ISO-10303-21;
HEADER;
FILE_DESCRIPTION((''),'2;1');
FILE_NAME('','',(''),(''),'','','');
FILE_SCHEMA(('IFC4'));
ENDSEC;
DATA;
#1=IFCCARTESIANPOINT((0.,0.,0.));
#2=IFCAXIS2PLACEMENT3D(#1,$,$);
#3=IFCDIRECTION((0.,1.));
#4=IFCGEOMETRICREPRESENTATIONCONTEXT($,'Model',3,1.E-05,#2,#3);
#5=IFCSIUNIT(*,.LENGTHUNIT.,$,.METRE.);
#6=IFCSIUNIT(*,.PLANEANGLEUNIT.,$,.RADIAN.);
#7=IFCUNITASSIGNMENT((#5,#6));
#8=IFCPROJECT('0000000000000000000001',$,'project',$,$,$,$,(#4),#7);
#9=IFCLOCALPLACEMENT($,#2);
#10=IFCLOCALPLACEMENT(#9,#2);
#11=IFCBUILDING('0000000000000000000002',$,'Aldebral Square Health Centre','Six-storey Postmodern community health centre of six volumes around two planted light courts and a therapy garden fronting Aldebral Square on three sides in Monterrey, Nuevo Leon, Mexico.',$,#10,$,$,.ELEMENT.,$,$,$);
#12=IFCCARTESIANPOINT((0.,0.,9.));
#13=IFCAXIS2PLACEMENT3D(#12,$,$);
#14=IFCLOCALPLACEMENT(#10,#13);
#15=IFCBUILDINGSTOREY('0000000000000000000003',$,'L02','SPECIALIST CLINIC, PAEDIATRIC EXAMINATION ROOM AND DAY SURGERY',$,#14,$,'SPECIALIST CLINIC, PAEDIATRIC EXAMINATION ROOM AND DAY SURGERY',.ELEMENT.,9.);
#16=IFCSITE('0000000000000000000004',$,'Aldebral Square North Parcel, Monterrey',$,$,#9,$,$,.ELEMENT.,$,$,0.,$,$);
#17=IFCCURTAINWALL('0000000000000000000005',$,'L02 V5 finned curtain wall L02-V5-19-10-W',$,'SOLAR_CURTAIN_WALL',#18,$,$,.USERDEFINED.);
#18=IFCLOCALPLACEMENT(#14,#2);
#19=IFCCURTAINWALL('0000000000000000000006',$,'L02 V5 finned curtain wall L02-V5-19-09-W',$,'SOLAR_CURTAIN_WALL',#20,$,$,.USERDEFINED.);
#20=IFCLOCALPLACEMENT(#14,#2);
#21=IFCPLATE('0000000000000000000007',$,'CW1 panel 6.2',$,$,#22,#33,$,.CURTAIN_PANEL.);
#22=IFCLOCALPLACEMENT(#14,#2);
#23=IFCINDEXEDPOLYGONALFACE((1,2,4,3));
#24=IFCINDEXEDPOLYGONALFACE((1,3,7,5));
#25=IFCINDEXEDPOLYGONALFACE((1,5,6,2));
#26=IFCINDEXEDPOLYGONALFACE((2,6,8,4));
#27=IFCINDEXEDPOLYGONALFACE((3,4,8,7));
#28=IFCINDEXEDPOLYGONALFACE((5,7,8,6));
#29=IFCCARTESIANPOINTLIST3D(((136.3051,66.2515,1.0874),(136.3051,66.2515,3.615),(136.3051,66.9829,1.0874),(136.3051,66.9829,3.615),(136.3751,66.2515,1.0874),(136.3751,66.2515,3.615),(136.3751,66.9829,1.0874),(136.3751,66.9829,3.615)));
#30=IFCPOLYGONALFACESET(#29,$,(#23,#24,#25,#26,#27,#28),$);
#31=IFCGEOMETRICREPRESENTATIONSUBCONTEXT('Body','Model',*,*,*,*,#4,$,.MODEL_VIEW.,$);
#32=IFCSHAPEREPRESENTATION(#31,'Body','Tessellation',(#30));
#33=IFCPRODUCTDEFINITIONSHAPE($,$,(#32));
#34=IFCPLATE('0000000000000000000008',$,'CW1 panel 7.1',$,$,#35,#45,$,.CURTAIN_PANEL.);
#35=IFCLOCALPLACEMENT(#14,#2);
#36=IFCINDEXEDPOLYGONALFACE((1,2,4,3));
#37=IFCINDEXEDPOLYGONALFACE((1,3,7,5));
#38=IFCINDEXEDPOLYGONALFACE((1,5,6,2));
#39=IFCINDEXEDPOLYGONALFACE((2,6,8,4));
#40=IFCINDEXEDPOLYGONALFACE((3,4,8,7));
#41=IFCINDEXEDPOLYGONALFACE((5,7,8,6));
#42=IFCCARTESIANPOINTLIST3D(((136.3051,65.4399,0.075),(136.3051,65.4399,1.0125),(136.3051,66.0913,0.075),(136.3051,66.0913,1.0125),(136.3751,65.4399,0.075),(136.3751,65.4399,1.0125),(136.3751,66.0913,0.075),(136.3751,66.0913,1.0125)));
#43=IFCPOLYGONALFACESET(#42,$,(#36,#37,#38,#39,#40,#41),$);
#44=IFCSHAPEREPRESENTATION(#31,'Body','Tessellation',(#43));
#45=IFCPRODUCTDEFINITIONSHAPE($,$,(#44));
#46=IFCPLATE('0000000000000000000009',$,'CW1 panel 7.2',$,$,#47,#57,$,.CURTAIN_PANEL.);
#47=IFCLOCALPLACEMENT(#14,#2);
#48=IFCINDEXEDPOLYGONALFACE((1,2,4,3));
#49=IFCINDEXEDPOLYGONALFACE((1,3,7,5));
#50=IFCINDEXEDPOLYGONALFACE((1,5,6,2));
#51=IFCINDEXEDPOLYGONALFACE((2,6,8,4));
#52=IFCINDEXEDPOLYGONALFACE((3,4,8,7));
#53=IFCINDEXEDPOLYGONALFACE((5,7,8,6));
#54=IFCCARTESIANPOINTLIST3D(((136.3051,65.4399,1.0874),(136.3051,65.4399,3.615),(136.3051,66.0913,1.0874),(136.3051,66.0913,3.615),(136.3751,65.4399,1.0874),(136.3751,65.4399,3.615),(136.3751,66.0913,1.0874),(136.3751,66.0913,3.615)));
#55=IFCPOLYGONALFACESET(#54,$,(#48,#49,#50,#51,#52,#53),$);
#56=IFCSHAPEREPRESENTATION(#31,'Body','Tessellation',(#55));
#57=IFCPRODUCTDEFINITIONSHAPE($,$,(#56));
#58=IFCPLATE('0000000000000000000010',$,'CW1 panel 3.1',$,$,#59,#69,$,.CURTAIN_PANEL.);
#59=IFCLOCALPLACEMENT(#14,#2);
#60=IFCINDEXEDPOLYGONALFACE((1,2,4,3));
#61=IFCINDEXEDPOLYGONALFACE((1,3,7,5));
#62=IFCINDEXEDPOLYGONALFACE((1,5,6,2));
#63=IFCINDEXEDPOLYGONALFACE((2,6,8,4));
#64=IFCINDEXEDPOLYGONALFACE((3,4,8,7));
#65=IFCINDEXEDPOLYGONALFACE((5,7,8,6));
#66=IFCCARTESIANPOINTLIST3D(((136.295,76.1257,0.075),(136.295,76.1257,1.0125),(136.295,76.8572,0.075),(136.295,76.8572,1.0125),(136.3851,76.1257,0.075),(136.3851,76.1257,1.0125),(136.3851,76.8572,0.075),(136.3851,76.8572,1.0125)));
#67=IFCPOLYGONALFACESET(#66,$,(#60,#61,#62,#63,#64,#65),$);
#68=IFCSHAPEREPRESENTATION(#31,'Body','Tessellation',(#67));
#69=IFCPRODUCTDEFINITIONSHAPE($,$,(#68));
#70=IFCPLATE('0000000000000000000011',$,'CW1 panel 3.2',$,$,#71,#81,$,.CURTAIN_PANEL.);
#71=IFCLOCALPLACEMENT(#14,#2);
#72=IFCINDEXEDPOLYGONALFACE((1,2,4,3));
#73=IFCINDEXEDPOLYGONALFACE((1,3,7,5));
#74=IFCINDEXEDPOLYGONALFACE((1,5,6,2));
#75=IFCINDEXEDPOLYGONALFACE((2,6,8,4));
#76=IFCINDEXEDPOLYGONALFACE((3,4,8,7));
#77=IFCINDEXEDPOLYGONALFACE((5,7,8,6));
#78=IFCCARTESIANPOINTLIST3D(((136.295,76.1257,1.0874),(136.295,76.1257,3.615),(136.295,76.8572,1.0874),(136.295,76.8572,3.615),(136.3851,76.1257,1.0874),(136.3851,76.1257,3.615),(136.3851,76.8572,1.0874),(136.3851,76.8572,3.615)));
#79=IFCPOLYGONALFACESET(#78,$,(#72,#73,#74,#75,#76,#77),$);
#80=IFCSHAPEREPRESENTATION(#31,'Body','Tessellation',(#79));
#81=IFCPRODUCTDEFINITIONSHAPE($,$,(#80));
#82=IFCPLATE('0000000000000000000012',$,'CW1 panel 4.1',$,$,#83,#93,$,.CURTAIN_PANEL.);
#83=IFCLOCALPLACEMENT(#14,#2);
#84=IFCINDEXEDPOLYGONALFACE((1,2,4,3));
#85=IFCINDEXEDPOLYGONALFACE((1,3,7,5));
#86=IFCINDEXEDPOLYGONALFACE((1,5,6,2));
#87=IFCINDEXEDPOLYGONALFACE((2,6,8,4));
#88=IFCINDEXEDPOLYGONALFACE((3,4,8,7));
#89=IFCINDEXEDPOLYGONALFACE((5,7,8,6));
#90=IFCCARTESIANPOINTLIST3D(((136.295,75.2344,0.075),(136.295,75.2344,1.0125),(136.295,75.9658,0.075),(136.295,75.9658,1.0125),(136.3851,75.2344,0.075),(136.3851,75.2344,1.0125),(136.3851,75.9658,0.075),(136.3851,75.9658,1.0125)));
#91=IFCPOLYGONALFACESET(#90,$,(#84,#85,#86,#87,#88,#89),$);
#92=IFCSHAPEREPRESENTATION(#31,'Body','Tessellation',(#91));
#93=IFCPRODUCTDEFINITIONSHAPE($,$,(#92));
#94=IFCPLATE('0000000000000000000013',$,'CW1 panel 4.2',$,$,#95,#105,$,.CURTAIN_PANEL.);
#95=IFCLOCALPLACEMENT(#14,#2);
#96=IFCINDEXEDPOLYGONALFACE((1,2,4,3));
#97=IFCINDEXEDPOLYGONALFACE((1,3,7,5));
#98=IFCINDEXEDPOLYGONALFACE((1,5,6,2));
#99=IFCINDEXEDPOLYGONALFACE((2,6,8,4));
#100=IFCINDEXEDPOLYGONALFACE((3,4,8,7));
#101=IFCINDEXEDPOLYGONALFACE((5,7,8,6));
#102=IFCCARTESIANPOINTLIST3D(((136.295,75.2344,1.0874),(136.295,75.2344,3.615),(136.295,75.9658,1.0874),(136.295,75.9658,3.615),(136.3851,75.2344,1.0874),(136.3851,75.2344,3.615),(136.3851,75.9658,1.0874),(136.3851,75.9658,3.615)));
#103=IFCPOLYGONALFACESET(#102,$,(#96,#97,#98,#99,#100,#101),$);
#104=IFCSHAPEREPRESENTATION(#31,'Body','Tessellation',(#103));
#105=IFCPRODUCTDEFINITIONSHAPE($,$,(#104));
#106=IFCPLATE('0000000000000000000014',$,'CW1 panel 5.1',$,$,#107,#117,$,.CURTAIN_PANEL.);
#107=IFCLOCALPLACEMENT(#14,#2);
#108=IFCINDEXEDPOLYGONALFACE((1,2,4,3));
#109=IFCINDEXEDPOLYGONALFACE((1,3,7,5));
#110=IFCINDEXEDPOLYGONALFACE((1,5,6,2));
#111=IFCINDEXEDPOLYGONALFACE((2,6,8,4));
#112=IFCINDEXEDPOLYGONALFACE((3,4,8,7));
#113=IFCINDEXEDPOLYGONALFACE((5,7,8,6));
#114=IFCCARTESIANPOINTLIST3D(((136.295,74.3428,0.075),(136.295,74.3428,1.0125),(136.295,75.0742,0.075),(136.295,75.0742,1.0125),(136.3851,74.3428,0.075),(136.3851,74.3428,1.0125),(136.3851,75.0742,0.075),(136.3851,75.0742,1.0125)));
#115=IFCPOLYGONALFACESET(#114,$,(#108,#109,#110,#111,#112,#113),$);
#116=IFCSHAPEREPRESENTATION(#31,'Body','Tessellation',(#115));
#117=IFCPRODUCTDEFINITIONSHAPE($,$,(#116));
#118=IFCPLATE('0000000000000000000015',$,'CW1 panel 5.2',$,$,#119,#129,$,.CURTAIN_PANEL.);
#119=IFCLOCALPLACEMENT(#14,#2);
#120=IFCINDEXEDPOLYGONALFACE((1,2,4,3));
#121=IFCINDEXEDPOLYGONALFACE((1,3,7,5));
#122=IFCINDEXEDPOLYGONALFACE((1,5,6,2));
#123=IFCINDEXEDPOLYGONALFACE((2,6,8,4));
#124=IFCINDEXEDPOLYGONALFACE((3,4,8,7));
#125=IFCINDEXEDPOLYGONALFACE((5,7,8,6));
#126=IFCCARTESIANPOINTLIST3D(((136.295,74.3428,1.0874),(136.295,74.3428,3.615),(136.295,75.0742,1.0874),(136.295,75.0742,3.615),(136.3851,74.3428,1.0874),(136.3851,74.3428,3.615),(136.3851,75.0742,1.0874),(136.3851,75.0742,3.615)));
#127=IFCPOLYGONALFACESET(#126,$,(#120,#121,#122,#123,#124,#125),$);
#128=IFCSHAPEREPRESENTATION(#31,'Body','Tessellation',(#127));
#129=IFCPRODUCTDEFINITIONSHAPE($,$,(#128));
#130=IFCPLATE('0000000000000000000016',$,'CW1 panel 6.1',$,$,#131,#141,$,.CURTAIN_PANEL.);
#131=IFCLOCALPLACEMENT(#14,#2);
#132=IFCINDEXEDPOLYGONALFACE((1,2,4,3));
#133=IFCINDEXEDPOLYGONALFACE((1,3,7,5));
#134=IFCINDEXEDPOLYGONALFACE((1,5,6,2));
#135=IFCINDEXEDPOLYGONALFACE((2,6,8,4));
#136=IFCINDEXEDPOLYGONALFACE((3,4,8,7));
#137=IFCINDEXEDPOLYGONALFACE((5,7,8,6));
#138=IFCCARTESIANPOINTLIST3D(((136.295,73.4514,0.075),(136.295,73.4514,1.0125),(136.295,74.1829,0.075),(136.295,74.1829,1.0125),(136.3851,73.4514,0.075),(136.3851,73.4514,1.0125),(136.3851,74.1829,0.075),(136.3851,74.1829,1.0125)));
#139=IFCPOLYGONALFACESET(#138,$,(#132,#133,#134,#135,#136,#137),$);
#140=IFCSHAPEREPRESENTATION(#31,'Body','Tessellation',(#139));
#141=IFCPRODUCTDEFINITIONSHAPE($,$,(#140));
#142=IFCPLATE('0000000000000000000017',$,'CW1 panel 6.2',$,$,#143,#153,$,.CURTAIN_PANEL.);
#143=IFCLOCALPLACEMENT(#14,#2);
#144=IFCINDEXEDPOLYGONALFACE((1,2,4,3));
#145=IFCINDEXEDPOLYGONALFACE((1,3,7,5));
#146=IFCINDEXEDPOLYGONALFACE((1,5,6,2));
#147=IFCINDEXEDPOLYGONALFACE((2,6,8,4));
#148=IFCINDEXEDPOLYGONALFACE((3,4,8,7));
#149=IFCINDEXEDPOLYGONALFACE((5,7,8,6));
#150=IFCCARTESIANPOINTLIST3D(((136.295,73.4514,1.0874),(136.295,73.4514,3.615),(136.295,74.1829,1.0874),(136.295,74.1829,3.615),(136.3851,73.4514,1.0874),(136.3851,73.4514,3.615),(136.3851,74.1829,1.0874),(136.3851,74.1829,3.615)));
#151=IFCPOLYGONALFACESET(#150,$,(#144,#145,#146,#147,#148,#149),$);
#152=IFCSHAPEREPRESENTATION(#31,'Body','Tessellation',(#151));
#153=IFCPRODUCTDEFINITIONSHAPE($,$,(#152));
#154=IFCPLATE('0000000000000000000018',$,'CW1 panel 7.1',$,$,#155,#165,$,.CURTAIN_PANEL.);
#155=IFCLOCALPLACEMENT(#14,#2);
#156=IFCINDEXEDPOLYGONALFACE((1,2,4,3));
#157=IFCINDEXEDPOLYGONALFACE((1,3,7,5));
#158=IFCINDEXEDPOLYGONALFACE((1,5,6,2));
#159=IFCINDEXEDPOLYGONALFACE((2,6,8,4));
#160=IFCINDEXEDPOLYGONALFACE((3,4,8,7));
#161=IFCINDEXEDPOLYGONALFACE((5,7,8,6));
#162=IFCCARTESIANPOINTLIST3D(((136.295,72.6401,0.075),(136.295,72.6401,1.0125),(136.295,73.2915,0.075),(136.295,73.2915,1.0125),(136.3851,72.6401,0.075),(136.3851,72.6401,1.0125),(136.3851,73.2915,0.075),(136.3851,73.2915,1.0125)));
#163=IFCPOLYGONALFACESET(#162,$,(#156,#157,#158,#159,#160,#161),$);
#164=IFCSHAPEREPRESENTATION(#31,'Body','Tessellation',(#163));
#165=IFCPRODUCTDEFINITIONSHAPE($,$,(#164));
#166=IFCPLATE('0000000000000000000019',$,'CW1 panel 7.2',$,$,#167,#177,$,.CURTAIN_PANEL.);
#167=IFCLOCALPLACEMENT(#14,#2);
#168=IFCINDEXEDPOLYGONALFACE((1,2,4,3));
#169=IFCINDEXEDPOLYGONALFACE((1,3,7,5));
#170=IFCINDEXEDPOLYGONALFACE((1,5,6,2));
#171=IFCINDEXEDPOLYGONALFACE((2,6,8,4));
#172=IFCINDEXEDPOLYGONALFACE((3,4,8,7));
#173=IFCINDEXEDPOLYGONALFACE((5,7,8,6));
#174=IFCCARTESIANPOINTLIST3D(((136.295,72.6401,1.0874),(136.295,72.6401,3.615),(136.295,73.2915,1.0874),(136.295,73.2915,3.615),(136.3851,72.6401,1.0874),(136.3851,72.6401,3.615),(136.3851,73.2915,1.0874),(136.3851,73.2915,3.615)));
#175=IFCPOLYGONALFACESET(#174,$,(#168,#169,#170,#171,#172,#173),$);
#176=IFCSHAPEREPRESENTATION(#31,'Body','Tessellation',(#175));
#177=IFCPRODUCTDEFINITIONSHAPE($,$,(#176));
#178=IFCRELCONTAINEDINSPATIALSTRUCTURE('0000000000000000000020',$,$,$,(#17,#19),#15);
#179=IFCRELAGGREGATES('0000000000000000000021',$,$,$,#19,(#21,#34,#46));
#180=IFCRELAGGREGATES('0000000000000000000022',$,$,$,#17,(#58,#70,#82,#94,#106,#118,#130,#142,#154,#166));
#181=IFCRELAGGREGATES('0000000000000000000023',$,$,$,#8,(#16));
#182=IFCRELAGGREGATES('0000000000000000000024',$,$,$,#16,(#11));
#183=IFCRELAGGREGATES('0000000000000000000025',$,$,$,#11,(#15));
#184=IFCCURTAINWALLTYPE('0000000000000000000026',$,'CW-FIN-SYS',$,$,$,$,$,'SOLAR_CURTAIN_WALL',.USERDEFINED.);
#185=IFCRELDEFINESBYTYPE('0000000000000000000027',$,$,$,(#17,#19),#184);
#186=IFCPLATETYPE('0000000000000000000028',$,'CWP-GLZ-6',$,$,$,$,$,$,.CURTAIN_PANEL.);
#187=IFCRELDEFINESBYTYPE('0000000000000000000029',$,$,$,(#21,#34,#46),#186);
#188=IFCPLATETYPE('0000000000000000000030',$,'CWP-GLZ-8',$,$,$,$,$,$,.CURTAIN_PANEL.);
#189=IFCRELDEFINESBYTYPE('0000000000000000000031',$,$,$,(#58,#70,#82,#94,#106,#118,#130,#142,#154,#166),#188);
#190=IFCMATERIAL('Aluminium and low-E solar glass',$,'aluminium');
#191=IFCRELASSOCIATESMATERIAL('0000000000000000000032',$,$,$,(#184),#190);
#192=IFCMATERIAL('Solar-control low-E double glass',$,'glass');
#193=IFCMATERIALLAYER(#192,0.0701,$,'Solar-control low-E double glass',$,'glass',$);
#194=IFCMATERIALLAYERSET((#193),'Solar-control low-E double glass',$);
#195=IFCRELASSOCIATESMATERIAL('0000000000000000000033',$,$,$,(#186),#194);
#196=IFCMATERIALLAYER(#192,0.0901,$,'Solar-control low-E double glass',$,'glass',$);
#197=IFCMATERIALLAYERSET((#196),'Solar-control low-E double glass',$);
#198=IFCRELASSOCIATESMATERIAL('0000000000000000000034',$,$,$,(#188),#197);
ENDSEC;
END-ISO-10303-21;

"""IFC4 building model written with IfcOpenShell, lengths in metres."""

from ifc_helpers import new_model, si_unit, direction, frame, origin, origin_2d, place, context, subcontext, project, spatial, rectangle, extrude, material, layer, layer_set, type_object, element, aggregate, save


model = new_model("IFC4")

# Units and contexts
model_context = context("Model", 3, precision=1e-05, world=origin(), true_north=direction((0.0, 1.0)))
body_context = subcontext(model_context, "Body", "Model", "MODEL_VIEW")
ifc_project = project(units=[si_unit("LENGTHUNIT", "METRE"), si_unit("PLANEANGLEUNIT", "RADIAN")], contexts=[model_context])

# Site, building, storey
site_placement = place(None, origin())
site = spatial("IfcSite", under=ifc_project, at=site_placement, Name="Aldebral Square North Parcel, Monterrey", CompositionType="ELEMENT", RefElevation=0.0)
building_placement = place(site_placement, origin())
building = spatial("IfcBuilding", under=site, at=building_placement, Name="Aldebral Square Health Centre", Description="Six-storey Postmodern community health centre of six volumes around two planted light courts and a therapy garden fronting Aldebral Square on three sides in Monterrey, Nuevo Leon, Mexico.", CompositionType="ELEMENT")
storey_placement = place(building_placement, frame((0.0, 0.0, 9.0)))
storey = spatial("IfcBuildingStorey", under=building, at=storey_placement, Name="L02", Description="SPECIALIST CLINIC, PAEDIATRIC EXAMINATION ROOM AND DAY SURGERY", LongName="SPECIALIST CLINIC, PAEDIATRIC EXAMINATION ROOM AND DAY SURGERY", CompositionType="ELEMENT", Elevation=9.0)

# Curtain walls
ifc_material_1 = material(Name="Aluminium and low-E solar glass", Category="aluminium")
curtain_wall_type = type_object("IfcCurtainWallType", Name="CW-FIN-SYS", ElementType="SOLAR_CURTAIN_WALL", PredefinedType="USERDEFINED", material=ifc_material_1)
curtain_wall_1_placement = place(storey_placement, origin())
curtain_wall_1 = element("IfcCurtainWall", 1, at=curtain_wall_1_placement, inside=storey, type_object=curtain_wall_type, Name="L02 V5 finned curtain wall L02-V5-19-10-W", ObjectType="SOLAR_CURTAIN_WALL", PredefinedType="USERDEFINED")
curtain_wall_2_placement = place(storey_placement, origin())
curtain_wall_2 = element("IfcCurtainWall", 2, at=curtain_wall_2_placement, inside=storey, type_object=curtain_wall_type, Name="L02 V5 finned curtain wall L02-V5-19-09-W", ObjectType="SOLAR_CURTAIN_WALL", PredefinedType="USERDEFINED")

# Plates
ifc_material_2 = material(Name="Solar-control low-E double glass", Category="glass")
ifc_layer_1 = layer(ifc_material_2, 0.0701, Name="Solar-control low-E double glass", Category="glass")
ifc_layer_set_1 = layer_set([ifc_layer_1], Name="Solar-control low-E double glass")
plate_type_1 = type_object("IfcPlateType", Name="CWP-GLZ-6", PredefinedType="CURTAIN_PANEL", material=ifc_layer_set_1)
plate_1_placement = place(storey_placement, frame((136.3401, 66.6172, 1.0874), z_axis=(0.0, 0.0, 1.0), x_axis=(0.0, -1.0, 0.0)))
plate_1 = element("IfcPlate", 3, at=plate_1_placement, type_object=plate_type_1, Name="CW1 panel 6.2", PredefinedType="CURTAIN_PANEL", context=body_context, shape_type="SweptSolid", body=[
    extrude(rectangle(XDim=0.7314, YDim=0.0701, at=origin_2d()), origin(), (0.0, 0.0, 1.0), 2.5276),
])
plate_2_placement = place(storey_placement, frame((136.3401, 65.7656, 0.075), z_axis=(0.0, 0.0, 1.0), x_axis=(0.0, -1.0, 0.0)))
plate_2 = element("IfcPlate", 4, at=plate_2_placement, type_object=plate_type_1, Name="CW1 panel 7.1", PredefinedType="CURTAIN_PANEL", context=body_context, shape_type="SweptSolid", body=[
    extrude(rectangle(XDim=0.6514, YDim=0.0701, at=origin_2d()), origin(), (0.0, 0.0, 1.0), 0.9375),
])
plate_3_placement = place(storey_placement, frame((136.3401, 65.7656, 1.0874), z_axis=(0.0, 0.0, 1.0), x_axis=(0.0, -1.0, 0.0)))
plate_3 = element("IfcPlate", 5, at=plate_3_placement, type_object=plate_type_1, Name="CW1 panel 7.2", PredefinedType="CURTAIN_PANEL", context=body_context, shape_type="SweptSolid", body=[
    extrude(rectangle(XDim=0.6514, YDim=0.0701, at=origin_2d()), origin(), (0.0, 0.0, 1.0), 2.5276),
])
aggregate(curtain_wall_2, [plate_1, plate_2, plate_3])
ifc_layer_2 = layer(ifc_material_2, 0.0901, Name="Solar-control low-E double glass", Category="glass")
ifc_layer_set_2 = layer_set([ifc_layer_2], Name="Solar-control low-E double glass")
plate_type_2 = type_object("IfcPlateType", Name="CWP-GLZ-8", PredefinedType="CURTAIN_PANEL", material=ifc_layer_set_2)
plate_4_placement = place(storey_placement, frame((136.3401, 76.4915, 0.075), z_axis=(0.0, 0.0, 1.0), x_axis=(0.0, -1.0, 0.0)))
plate_4 = element("IfcPlate", 6, at=plate_4_placement, type_object=plate_type_2, Name="CW1 panel 3.1", PredefinedType="CURTAIN_PANEL", context=body_context, shape_type="SweptSolid", body=[
    extrude(rectangle(XDim=0.7314, YDim=0.0901, at=origin_2d()), origin(), (0.0, 0.0, 1.0), 0.9375),
])
plate_5_placement = place(storey_placement, frame((136.3401, 76.4915, 1.0874), z_axis=(0.0, 0.0, 1.0), x_axis=(0.0, -1.0, 0.0)))
plate_5 = element("IfcPlate", 7, at=plate_5_placement, type_object=plate_type_2, Name="CW1 panel 3.2", PredefinedType="CURTAIN_PANEL", context=body_context, shape_type="SweptSolid", body=[
    extrude(rectangle(XDim=0.7314, YDim=0.0901, at=origin_2d()), origin(), (0.0, 0.0, 1.0), 2.5276),
])
plate_6_placement = place(storey_placement, frame((136.3401, 75.6001, 0.075), z_axis=(0.0, 0.0, 1.0), x_axis=(0.0, -1.0, 0.0)))
plate_6 = element("IfcPlate", 8, at=plate_6_placement, type_object=plate_type_2, Name="CW1 panel 4.1", PredefinedType="CURTAIN_PANEL", context=body_context, shape_type="SweptSolid", body=[
    extrude(rectangle(XDim=0.7314, YDim=0.0901, at=origin_2d()), origin(), (0.0, 0.0, 1.0), 0.9375),
])
plate_7_placement = place(storey_placement, frame((136.3401, 75.6001, 1.0874), z_axis=(0.0, 0.0, 1.0), x_axis=(0.0, -1.0, 0.0)))
plate_7 = element("IfcPlate", 9, at=plate_7_placement, type_object=plate_type_2, Name="CW1 panel 4.2", PredefinedType="CURTAIN_PANEL", context=body_context, shape_type="SweptSolid", body=[
    extrude(rectangle(XDim=0.7314, YDim=0.0901, at=origin_2d()), origin(), (0.0, 0.0, 1.0), 2.5276),
])
plate_8_placement = place(storey_placement, frame((136.3401, 74.7085, 0.075), z_axis=(0.0, 0.0, 1.0), x_axis=(0.0, -1.0, 0.0)))
plate_8 = element("IfcPlate", 10, at=plate_8_placement, type_object=plate_type_2, Name="CW1 panel 5.1", PredefinedType="CURTAIN_PANEL", context=body_context, shape_type="SweptSolid", body=[
    extrude(rectangle(XDim=0.7314, YDim=0.0901, at=origin_2d()), origin(), (0.0, 0.0, 1.0), 0.9375),
])
plate_9_placement = place(storey_placement, frame((136.3401, 74.7085, 1.0874), z_axis=(0.0, 0.0, 1.0), x_axis=(0.0, -1.0, 0.0)))
plate_9 = element("IfcPlate", 11, at=plate_9_placement, type_object=plate_type_2, Name="CW1 panel 5.2", PredefinedType="CURTAIN_PANEL", context=body_context, shape_type="SweptSolid", body=[
    extrude(rectangle(XDim=0.7314, YDim=0.0901, at=origin_2d()), origin(), (0.0, 0.0, 1.0), 2.5276),
])
plate_10_placement = place(storey_placement, frame((136.3401, 73.8171, 0.075), z_axis=(0.0, 0.0, 1.0), x_axis=(0.0, -1.0, 0.0)))
plate_10 = element("IfcPlate", 12, at=plate_10_placement, type_object=plate_type_2, Name="CW1 panel 6.1", PredefinedType="CURTAIN_PANEL", context=body_context, shape_type="SweptSolid", body=[
    extrude(rectangle(XDim=0.7314, YDim=0.0901, at=origin_2d()), origin(), (0.0, 0.0, 1.0), 0.9375),
])
plate_11_placement = place(storey_placement, frame((136.3401, 73.8171, 1.0874), z_axis=(0.0, 0.0, 1.0), x_axis=(0.0, -1.0, 0.0)))
plate_11 = element("IfcPlate", 13, at=plate_11_placement, type_object=plate_type_2, Name="CW1 panel 6.2", PredefinedType="CURTAIN_PANEL", context=body_context, shape_type="SweptSolid", body=[
    extrude(rectangle(XDim=0.7314, YDim=0.0901, at=origin_2d()), origin(), (0.0, 0.0, 1.0), 2.5276),
])
plate_12_placement = place(storey_placement, frame((136.3401, 72.9658, 0.075), z_axis=(0.0, 0.0, 1.0), x_axis=(0.0, -1.0, 0.0)))
plate_12 = element("IfcPlate", 14, at=plate_12_placement, type_object=plate_type_2, Name="CW1 panel 7.1", PredefinedType="CURTAIN_PANEL", context=body_context, shape_type="SweptSolid", body=[
    extrude(rectangle(XDim=0.6514, YDim=0.0901, at=origin_2d()), origin(), (0.0, 0.0, 1.0), 0.9375),
])
plate_13_placement = place(storey_placement, frame((136.3401, 72.9658, 1.0874), z_axis=(0.0, 0.0, 1.0), x_axis=(0.0, -1.0, 0.0)))
plate_13 = element("IfcPlate", 15, at=plate_13_placement, type_object=plate_type_2, Name="CW1 panel 7.2", PredefinedType="CURTAIN_PANEL", context=body_context, shape_type="SweptSolid", body=[
    extrude(rectangle(XDim=0.6514, YDim=0.0901, at=origin_2d()), origin(), (0.0, 0.0, 1.0), 2.5276),
])
aggregate(curtain_wall_1, [plate_4, plate_5, plate_6, plate_7, plate_8, plate_9, plate_10, plate_11, plate_12, plate_13])

save(model, "model.ifc")
